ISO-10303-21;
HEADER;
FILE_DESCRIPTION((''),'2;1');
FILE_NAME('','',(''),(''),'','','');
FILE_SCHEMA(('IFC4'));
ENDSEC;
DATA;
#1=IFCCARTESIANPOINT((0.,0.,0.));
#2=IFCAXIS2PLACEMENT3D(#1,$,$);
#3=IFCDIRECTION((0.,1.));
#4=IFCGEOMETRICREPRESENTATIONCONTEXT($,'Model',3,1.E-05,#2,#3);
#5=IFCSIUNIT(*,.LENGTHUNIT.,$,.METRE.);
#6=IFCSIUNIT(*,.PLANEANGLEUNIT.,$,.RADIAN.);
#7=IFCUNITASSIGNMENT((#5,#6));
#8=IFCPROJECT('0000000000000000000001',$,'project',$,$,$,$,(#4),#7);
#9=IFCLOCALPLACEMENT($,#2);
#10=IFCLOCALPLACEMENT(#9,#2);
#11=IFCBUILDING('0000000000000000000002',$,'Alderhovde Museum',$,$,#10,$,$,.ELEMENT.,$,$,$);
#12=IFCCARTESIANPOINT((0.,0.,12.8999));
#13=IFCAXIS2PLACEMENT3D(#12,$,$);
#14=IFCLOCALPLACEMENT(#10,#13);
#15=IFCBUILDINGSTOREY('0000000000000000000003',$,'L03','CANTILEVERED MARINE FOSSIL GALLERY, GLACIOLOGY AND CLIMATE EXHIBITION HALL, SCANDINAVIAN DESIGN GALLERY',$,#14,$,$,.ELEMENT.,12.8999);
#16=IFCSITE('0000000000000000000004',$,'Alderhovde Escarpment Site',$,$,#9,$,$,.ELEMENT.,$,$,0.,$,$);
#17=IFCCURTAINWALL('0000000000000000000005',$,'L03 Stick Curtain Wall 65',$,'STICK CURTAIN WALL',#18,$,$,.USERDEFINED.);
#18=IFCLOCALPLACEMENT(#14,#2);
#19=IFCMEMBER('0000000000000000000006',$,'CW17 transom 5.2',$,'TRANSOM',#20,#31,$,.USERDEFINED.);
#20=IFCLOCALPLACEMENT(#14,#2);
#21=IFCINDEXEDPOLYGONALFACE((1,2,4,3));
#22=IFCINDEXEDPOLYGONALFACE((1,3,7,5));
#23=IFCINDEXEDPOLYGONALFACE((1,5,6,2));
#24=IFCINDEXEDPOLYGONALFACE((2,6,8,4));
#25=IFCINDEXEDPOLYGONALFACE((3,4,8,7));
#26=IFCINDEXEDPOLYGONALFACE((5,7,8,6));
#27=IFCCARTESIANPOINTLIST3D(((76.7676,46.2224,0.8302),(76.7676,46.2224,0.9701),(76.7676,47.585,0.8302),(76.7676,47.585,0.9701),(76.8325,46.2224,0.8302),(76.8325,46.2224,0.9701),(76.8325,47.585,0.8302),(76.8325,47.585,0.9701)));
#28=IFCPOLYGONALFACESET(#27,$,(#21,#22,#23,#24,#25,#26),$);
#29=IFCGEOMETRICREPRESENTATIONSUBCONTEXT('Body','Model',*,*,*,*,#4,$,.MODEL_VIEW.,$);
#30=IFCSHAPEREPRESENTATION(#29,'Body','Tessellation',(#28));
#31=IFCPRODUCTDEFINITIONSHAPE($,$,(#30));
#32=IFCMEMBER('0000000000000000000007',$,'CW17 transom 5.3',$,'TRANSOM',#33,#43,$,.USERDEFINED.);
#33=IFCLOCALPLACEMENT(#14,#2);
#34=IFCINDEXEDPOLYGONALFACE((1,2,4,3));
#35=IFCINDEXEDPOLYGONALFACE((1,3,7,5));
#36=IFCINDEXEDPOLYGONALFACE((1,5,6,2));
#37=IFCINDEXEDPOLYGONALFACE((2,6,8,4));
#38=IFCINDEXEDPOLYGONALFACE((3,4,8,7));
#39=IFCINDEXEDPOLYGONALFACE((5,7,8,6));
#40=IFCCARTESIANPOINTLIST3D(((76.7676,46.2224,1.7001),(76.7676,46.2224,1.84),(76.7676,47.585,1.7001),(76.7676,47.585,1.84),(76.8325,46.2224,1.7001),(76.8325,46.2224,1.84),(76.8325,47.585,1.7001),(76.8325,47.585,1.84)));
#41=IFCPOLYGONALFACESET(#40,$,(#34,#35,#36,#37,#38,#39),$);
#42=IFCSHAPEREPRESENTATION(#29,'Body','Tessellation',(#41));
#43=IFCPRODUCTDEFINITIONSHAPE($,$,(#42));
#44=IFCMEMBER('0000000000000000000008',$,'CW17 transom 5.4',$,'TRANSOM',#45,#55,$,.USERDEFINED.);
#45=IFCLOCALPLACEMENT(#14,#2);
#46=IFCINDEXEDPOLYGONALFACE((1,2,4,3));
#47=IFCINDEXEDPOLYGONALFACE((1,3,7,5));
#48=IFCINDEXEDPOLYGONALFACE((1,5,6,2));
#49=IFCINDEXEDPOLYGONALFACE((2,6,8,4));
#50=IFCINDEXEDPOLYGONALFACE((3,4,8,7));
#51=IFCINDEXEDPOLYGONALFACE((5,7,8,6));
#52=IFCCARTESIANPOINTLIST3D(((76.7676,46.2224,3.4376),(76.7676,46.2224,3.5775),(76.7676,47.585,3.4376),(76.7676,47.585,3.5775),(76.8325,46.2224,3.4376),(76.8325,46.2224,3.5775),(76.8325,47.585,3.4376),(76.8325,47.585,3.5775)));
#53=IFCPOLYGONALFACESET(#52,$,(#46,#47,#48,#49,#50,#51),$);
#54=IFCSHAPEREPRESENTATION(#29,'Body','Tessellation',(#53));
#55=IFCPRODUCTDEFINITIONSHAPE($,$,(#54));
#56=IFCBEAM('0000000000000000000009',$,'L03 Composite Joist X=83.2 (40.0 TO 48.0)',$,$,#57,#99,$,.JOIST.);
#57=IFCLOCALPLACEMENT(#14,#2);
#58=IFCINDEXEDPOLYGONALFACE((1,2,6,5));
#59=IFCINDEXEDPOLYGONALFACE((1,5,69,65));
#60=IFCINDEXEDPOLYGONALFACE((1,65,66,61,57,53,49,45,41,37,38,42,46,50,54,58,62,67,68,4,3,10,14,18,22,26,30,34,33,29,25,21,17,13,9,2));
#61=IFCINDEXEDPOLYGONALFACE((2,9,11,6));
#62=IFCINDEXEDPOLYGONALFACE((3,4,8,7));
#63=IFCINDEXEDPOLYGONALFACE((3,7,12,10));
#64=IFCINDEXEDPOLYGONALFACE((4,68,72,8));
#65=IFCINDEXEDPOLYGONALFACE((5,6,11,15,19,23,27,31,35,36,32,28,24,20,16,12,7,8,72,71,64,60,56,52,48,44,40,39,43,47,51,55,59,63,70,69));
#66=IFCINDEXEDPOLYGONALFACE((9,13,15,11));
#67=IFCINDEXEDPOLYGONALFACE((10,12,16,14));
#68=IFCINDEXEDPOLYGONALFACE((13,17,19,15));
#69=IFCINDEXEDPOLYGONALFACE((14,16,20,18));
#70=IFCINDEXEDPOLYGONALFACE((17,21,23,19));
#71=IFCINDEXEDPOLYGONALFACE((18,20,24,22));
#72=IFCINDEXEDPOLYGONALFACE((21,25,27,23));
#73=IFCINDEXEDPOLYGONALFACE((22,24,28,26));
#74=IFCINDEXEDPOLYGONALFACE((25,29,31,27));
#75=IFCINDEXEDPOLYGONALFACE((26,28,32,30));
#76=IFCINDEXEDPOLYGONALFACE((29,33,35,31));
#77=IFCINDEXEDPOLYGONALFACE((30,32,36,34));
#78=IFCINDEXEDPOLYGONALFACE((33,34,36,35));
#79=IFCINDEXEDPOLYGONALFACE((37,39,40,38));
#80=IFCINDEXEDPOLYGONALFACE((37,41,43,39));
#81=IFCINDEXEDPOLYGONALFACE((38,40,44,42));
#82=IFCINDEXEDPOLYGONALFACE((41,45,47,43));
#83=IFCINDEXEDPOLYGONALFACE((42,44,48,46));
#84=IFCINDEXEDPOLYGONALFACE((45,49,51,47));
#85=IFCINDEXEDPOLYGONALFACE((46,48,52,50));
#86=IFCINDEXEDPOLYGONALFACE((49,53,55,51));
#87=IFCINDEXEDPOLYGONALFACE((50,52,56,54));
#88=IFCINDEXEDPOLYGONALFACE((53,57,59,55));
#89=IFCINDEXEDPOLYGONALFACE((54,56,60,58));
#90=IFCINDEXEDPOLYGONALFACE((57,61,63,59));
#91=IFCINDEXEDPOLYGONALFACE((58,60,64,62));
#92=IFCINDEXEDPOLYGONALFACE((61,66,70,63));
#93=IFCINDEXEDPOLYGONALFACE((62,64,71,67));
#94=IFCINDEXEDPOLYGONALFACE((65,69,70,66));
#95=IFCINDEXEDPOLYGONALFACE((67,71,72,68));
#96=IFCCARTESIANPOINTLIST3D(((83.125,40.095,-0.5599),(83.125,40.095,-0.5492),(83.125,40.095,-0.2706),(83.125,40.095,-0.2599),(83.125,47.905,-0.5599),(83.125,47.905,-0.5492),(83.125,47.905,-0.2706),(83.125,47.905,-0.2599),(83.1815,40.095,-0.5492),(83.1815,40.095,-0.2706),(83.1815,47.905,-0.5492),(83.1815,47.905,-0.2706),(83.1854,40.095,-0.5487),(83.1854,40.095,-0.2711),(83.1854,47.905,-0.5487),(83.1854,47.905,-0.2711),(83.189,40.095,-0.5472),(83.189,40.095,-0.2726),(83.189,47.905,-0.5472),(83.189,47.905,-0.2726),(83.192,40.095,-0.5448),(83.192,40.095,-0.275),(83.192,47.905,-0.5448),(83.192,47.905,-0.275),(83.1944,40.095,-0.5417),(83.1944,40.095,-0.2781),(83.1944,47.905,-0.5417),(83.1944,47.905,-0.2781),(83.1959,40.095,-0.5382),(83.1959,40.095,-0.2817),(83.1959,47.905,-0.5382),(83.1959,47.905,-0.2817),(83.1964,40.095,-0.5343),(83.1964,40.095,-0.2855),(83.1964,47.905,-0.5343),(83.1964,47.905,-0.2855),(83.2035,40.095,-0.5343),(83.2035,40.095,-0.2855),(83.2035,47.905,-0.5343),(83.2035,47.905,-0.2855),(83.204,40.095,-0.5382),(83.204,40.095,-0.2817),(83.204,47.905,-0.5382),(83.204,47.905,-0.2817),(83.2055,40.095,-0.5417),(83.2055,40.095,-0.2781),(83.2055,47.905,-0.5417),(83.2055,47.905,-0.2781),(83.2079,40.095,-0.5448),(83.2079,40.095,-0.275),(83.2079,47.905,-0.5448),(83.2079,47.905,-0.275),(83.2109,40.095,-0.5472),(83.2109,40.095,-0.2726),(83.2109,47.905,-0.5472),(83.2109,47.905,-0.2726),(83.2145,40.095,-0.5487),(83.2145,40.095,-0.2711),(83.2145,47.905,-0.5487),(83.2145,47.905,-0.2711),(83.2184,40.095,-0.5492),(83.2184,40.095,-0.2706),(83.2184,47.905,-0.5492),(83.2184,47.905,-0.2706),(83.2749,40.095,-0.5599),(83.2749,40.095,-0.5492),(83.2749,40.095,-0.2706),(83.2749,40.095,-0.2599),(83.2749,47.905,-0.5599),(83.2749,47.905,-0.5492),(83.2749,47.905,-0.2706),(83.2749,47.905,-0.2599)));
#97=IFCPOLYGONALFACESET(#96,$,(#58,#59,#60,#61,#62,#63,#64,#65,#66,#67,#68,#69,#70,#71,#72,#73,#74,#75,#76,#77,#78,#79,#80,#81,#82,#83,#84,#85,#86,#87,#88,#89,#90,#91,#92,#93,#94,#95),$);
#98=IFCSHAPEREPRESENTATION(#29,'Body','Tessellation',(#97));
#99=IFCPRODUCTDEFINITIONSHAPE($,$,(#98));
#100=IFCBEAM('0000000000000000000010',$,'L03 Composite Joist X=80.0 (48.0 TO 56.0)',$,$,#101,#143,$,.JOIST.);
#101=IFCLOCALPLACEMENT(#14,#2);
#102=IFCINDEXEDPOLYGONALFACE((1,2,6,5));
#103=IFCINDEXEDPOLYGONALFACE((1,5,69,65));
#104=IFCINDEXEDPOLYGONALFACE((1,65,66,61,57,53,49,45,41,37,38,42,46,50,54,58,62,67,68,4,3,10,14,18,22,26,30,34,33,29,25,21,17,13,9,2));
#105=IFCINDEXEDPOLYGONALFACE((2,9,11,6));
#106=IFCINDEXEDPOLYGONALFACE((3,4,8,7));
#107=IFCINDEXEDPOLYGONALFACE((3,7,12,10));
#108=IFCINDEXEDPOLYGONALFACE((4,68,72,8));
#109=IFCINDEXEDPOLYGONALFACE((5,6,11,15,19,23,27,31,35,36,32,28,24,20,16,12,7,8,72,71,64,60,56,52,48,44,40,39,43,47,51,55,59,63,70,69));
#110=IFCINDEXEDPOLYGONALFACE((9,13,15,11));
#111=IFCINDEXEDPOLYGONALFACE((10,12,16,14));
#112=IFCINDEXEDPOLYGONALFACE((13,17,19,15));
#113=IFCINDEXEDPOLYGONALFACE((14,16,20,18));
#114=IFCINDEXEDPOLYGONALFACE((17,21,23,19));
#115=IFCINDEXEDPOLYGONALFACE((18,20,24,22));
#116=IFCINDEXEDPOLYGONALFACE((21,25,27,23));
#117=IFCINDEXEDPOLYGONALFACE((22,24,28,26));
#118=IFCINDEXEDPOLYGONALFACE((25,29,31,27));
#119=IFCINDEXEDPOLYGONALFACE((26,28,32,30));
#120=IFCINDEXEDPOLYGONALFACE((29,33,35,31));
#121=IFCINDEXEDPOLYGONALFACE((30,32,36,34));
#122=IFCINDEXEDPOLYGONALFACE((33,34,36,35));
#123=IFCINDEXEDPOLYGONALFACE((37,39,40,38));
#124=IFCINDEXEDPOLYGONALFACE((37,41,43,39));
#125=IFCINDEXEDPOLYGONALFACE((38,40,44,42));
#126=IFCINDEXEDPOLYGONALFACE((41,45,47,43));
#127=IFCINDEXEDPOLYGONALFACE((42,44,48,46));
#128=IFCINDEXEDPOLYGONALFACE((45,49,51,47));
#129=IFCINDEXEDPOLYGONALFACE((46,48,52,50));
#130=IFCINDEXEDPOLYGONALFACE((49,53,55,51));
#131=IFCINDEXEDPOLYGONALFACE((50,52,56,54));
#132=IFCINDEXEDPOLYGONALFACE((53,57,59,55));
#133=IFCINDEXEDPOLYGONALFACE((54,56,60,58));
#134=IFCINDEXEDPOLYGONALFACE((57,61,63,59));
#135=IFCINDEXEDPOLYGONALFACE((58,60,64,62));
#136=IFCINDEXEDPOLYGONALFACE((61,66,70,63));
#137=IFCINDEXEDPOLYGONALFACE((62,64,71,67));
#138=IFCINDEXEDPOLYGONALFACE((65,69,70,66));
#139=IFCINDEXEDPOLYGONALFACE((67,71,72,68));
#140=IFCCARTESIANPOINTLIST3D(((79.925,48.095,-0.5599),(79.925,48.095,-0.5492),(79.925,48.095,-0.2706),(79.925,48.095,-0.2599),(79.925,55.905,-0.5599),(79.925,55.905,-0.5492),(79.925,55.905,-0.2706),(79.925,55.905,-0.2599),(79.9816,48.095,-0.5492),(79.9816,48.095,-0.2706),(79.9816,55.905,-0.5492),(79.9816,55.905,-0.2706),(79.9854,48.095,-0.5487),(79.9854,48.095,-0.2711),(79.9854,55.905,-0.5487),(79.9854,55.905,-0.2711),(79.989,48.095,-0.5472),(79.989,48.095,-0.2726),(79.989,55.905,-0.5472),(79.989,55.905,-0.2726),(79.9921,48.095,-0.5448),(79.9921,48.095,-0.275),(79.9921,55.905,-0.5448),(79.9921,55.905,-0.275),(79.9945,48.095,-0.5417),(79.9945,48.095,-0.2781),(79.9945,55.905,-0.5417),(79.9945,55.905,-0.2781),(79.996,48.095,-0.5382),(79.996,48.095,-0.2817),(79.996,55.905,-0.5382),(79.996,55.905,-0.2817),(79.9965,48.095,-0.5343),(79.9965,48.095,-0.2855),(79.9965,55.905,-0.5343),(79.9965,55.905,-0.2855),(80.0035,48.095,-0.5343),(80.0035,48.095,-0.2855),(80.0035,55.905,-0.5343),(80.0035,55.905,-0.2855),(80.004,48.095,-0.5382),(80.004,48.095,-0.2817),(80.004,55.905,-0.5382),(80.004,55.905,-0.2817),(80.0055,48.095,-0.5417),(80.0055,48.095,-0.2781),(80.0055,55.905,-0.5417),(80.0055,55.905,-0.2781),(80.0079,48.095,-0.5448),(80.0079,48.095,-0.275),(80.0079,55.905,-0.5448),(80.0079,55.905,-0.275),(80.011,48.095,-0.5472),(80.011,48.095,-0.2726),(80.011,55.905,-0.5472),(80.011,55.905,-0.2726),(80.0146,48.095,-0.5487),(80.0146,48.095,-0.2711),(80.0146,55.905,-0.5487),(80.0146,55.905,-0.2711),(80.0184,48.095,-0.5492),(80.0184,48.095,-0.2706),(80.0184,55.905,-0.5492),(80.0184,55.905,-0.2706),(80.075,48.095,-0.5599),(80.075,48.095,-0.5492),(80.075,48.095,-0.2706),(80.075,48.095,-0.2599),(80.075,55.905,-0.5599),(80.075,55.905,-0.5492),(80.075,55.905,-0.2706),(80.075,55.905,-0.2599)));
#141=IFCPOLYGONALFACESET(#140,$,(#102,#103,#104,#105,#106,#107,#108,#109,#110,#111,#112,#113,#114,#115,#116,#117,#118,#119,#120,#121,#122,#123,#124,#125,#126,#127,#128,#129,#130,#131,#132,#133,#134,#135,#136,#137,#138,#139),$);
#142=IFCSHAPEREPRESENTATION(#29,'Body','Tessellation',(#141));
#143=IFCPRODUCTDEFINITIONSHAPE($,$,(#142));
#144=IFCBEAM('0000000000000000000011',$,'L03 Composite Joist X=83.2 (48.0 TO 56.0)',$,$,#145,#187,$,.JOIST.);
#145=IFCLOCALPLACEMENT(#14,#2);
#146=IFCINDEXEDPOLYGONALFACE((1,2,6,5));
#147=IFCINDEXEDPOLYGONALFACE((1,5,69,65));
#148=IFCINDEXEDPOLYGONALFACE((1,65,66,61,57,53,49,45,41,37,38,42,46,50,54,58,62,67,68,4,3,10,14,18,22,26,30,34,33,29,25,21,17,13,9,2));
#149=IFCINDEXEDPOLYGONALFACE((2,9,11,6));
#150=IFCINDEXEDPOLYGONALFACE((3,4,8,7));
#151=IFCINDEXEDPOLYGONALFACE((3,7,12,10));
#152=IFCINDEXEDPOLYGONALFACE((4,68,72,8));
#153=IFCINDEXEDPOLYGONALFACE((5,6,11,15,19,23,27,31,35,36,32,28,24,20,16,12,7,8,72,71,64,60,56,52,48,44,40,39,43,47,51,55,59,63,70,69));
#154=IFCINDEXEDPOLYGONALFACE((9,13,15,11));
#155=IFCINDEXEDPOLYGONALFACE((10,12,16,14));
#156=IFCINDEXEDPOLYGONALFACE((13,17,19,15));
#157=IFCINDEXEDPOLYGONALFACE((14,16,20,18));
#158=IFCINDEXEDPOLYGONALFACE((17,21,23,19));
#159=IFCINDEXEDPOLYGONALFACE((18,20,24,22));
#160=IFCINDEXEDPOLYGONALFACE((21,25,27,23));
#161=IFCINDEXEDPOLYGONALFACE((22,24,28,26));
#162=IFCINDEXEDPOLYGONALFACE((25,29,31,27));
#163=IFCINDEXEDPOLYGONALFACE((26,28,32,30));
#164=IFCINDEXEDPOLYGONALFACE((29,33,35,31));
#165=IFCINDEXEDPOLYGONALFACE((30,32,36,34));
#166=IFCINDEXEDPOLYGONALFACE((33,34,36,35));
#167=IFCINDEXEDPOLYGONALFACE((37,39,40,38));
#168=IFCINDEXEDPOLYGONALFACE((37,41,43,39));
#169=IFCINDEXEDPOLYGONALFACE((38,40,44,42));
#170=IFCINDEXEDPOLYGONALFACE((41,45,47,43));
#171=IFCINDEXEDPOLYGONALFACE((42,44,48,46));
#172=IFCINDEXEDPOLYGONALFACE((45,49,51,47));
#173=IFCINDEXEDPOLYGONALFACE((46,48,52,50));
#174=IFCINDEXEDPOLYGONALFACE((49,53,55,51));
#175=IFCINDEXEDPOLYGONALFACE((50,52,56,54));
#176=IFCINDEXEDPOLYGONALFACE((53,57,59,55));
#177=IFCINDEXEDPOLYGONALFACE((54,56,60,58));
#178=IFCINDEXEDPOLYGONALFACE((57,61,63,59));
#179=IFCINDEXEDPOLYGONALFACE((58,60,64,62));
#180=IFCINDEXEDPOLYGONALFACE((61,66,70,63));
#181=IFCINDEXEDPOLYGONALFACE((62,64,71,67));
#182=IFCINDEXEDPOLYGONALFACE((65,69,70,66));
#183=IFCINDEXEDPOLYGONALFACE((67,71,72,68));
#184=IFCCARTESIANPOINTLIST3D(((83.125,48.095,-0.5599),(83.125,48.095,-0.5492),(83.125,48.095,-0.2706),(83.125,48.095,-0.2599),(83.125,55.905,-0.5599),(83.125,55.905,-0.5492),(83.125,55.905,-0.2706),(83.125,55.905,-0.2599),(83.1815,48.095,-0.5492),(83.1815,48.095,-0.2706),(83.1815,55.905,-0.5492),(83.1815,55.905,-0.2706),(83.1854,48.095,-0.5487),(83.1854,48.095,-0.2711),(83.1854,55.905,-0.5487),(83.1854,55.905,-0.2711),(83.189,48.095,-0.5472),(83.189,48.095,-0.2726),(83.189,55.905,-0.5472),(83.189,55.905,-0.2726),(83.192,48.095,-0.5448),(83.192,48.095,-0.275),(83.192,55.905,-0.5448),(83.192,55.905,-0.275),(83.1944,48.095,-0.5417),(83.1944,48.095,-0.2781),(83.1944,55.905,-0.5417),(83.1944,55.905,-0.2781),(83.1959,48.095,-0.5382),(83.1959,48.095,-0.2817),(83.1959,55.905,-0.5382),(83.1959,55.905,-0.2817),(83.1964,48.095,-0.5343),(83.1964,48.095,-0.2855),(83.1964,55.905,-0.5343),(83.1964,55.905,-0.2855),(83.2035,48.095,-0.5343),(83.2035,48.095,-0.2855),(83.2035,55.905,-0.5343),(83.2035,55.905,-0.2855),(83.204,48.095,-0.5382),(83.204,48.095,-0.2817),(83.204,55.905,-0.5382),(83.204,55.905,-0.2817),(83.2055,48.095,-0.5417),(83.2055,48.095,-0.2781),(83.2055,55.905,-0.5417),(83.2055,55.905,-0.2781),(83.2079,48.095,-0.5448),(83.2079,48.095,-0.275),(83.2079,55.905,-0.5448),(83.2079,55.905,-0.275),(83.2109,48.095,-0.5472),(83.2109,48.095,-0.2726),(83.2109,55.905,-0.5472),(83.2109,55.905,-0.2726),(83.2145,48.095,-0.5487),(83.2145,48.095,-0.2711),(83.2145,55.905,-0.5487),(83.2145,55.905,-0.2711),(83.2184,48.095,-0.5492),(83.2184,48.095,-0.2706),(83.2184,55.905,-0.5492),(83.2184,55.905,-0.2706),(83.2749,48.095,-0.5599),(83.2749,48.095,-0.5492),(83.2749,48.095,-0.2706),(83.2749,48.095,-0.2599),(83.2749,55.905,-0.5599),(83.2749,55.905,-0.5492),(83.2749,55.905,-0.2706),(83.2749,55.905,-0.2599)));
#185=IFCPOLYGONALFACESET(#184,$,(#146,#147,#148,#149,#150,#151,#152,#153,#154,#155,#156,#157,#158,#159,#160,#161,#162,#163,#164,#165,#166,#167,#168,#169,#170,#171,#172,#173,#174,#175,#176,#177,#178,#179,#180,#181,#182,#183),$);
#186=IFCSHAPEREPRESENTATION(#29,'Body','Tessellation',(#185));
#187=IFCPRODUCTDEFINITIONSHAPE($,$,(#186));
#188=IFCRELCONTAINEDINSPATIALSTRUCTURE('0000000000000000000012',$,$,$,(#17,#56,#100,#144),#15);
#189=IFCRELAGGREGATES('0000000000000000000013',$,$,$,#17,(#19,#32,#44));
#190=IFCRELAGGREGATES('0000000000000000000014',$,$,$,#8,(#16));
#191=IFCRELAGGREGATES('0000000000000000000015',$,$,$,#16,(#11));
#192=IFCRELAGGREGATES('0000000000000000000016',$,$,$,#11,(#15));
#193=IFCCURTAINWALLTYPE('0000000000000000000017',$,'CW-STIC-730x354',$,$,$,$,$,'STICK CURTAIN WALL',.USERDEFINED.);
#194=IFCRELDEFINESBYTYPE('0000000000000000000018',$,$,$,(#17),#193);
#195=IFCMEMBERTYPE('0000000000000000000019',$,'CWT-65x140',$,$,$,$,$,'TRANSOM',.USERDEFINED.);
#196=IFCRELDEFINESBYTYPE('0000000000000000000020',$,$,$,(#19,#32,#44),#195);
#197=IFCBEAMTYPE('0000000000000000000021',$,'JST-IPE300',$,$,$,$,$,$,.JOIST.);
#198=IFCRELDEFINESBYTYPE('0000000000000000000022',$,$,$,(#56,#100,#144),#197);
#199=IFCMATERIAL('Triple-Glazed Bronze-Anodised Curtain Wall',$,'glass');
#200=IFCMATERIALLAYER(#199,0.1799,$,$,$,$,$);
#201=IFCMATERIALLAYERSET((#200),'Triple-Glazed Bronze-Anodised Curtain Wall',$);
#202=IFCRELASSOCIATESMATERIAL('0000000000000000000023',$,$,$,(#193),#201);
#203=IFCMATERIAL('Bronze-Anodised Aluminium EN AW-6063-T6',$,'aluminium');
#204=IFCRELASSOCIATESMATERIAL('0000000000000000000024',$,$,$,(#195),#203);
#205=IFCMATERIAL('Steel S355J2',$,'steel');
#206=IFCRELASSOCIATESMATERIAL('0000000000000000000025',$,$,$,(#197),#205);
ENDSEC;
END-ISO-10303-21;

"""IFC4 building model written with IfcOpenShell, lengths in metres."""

from ifc_helpers import new_model, si_unit, direction, frame, origin, origin_2d, place, context, subcontext, project, spatial, rectangle, i_section, extrude, material, layer, layer_set, material_profile, profile_set, type_object, element, aggregate, save


model = new_model("IFC4")

# Units and contexts
model_context = context("Model", 3, precision=1e-05, world=origin(), true_north=direction((0.0, 1.0)))
body_context = subcontext(model_context, "Body", "Model", "MODEL_VIEW")
ifc_project = project(units=[si_unit("LENGTHUNIT", "METRE"), si_unit("PLANEANGLEUNIT", "RADIAN")], contexts=[model_context])

# Site, building, storey
site_placement = place(None, origin())
site = spatial("IfcSite", under=ifc_project, at=site_placement, Name="Alderhovde Escarpment Site", CompositionType="ELEMENT", RefElevation=0.0)
building_placement = place(site_placement, origin())
building = spatial("IfcBuilding", under=site, at=building_placement, Name="Alderhovde Museum", CompositionType="ELEMENT")
storey_placement = place(building_placement, frame((0.0, 0.0, 12.8999)))
storey = spatial("IfcBuildingStorey", under=building, at=storey_placement, Name="L03", Description="CANTILEVERED MARINE FOSSIL GALLERY, GLACIOLOGY AND CLIMATE EXHIBITION HALL, SCANDINAVIAN DESIGN GALLERY", CompositionType="ELEMENT", Elevation=12.8999)

# Curtain wall, members
ifc_material_1 = material(Name="Triple-Glazed Bronze-Anodised Curtain Wall", Category="glass")
ifc_layer_1 = layer(ifc_material_1, 0.1799)
ifc_layer_set_1 = layer_set([ifc_layer_1], Name="Triple-Glazed Bronze-Anodised Curtain Wall")
curtain_wall_type = type_object("IfcCurtainWallType", Name="CW-STIC-730x354", ElementType="STICK CURTAIN WALL", PredefinedType="USERDEFINED", material=ifc_layer_set_1)
curtain_wall_placement = place(storey_placement, origin())
curtain_wall = element("IfcCurtainWall", 1, at=curtain_wall_placement, inside=storey, type_object=curtain_wall_type, Name="L03 Stick Curtain Wall 65", ObjectType="STICK CURTAIN WALL", PredefinedType="USERDEFINED")
ifc_material_2 = material(Name="Bronze-Anodised Aluminium EN AW-6063-T6", Category="aluminium")
ifc_material_profile_1 = material_profile(ifc_material_2, rectangle(XDim=0.0649, YDim=0.1399, at=origin_2d()), Name="TRANSOM 65x140")
ifc_profile_set_1 = profile_set([ifc_material_profile_1], Name="Bronze-Anodised Aluminium EN AW-6063-T6")
member_type = type_object("IfcMemberType", Name="CWT-65x140", ElementType="TRANSOM", PredefinedType="USERDEFINED", material=ifc_profile_set_1)
member_1_placement = place(storey_placement, frame((76.8, 46.2224, 0.9001), z_axis=(0.0, 1.0, 0.0), x_axis=(-1.0, 0.0, 0.0)))
member_1 = element("IfcMember", 2, at=member_1_placement, type_object=member_type, Name="CW17 transom 5.2", ObjectType="TRANSOM", PredefinedType="USERDEFINED", context=body_context, shape_type="SweptSolid", body=[
    extrude(rectangle(XDim=0.0649, YDim=0.1399, at=origin_2d()), origin(), (0.0, 0.0, 1.0), 1.3625),
])
member_2_placement = place(storey_placement, frame((76.8, 46.2224, 1.77), z_axis=(0.0, 1.0, 0.0), x_axis=(-1.0, 0.0, 0.0)))
member_2 = element("IfcMember", 3, at=member_2_placement, type_object=member_type, Name="CW17 transom 5.3", ObjectType="TRANSOM", PredefinedType="USERDEFINED", context=body_context, shape_type="SweptSolid", body=[
    extrude(rectangle(XDim=0.0649, YDim=0.1399, at=origin_2d()), origin(), (0.0, 0.0, 1.0), 1.3625),
])
member_3_placement = place(storey_placement, frame((76.8, 46.2224, 3.5076), z_axis=(0.0, 1.0, 0.0), x_axis=(-1.0, 0.0, 0.0)))
member_3 = element("IfcMember", 4, at=member_3_placement, type_object=member_type, Name="CW17 transom 5.4", ObjectType="TRANSOM", PredefinedType="USERDEFINED", context=body_context, shape_type="SweptSolid", body=[
    extrude(rectangle(XDim=0.0649, YDim=0.1399, at=origin_2d()), origin(), (0.0, 0.0, 1.0), 1.3625),
])

# Beams
ifc_material_3 = material(Name="Steel S355J2", Category="steel")
ifc_material_profile_2 = material_profile(ifc_material_3, i_section(OverallWidth=0.1499, OverallDepth=0.3, WebThickness=0.0071, FlangeThickness=0.0107, FilletRadius=0.0149, at=origin_2d()), Name="IPE 300")
ifc_profile_set_2 = profile_set([ifc_material_profile_2], Name="Steel S355J2")
beam_type_1 = type_object("IfcBeamType", Name="JST-IPE300", PredefinedType="JOIST", material=ifc_profile_set_2)
for number, where, z_axis, x_axis, name in (
    (5, (83.2, 40.095, -0.4099), (0.0, 1.0, 0.0), (-1.0, 0.0, 0.0), "L03 Composite Joist X=83.2 (40.0 TO 48.0)"),
    (6, (80.0, 48.095, -0.4099), (0.0, 1.0, 0.0), (-1.0, 0.0, 0.0), "L03 Composite Joist X=80.0 (48.0 TO 56.0)"),
    (7, (83.2, 48.095, -0.4099), (0.0, 1.0, 0.0), (-1.0, 0.0, 0.0), "L03 Composite Joist X=83.2 (48.0 TO 56.0)"),
):
    element("IfcBeam", number, at=place(storey_placement, frame(where, z_axis=z_axis, x_axis=x_axis)), inside=storey, type_object=beam_type_1, Name=name, PredefinedType="JOIST", context=body_context, shape_type="SweptSolid", body=[
        extrude(i_section(OverallWidth=0.1499, OverallDepth=0.3, WebThickness=0.0071, FlangeThickness=0.0107, FilletRadius=0.0149, at=origin_2d()), origin(), (0.0, 0.0, 1.0), 7.8101),
    ])

aggregate(curtain_wall, [member_1, member_2, member_3])

save(model, "model.ifc")
